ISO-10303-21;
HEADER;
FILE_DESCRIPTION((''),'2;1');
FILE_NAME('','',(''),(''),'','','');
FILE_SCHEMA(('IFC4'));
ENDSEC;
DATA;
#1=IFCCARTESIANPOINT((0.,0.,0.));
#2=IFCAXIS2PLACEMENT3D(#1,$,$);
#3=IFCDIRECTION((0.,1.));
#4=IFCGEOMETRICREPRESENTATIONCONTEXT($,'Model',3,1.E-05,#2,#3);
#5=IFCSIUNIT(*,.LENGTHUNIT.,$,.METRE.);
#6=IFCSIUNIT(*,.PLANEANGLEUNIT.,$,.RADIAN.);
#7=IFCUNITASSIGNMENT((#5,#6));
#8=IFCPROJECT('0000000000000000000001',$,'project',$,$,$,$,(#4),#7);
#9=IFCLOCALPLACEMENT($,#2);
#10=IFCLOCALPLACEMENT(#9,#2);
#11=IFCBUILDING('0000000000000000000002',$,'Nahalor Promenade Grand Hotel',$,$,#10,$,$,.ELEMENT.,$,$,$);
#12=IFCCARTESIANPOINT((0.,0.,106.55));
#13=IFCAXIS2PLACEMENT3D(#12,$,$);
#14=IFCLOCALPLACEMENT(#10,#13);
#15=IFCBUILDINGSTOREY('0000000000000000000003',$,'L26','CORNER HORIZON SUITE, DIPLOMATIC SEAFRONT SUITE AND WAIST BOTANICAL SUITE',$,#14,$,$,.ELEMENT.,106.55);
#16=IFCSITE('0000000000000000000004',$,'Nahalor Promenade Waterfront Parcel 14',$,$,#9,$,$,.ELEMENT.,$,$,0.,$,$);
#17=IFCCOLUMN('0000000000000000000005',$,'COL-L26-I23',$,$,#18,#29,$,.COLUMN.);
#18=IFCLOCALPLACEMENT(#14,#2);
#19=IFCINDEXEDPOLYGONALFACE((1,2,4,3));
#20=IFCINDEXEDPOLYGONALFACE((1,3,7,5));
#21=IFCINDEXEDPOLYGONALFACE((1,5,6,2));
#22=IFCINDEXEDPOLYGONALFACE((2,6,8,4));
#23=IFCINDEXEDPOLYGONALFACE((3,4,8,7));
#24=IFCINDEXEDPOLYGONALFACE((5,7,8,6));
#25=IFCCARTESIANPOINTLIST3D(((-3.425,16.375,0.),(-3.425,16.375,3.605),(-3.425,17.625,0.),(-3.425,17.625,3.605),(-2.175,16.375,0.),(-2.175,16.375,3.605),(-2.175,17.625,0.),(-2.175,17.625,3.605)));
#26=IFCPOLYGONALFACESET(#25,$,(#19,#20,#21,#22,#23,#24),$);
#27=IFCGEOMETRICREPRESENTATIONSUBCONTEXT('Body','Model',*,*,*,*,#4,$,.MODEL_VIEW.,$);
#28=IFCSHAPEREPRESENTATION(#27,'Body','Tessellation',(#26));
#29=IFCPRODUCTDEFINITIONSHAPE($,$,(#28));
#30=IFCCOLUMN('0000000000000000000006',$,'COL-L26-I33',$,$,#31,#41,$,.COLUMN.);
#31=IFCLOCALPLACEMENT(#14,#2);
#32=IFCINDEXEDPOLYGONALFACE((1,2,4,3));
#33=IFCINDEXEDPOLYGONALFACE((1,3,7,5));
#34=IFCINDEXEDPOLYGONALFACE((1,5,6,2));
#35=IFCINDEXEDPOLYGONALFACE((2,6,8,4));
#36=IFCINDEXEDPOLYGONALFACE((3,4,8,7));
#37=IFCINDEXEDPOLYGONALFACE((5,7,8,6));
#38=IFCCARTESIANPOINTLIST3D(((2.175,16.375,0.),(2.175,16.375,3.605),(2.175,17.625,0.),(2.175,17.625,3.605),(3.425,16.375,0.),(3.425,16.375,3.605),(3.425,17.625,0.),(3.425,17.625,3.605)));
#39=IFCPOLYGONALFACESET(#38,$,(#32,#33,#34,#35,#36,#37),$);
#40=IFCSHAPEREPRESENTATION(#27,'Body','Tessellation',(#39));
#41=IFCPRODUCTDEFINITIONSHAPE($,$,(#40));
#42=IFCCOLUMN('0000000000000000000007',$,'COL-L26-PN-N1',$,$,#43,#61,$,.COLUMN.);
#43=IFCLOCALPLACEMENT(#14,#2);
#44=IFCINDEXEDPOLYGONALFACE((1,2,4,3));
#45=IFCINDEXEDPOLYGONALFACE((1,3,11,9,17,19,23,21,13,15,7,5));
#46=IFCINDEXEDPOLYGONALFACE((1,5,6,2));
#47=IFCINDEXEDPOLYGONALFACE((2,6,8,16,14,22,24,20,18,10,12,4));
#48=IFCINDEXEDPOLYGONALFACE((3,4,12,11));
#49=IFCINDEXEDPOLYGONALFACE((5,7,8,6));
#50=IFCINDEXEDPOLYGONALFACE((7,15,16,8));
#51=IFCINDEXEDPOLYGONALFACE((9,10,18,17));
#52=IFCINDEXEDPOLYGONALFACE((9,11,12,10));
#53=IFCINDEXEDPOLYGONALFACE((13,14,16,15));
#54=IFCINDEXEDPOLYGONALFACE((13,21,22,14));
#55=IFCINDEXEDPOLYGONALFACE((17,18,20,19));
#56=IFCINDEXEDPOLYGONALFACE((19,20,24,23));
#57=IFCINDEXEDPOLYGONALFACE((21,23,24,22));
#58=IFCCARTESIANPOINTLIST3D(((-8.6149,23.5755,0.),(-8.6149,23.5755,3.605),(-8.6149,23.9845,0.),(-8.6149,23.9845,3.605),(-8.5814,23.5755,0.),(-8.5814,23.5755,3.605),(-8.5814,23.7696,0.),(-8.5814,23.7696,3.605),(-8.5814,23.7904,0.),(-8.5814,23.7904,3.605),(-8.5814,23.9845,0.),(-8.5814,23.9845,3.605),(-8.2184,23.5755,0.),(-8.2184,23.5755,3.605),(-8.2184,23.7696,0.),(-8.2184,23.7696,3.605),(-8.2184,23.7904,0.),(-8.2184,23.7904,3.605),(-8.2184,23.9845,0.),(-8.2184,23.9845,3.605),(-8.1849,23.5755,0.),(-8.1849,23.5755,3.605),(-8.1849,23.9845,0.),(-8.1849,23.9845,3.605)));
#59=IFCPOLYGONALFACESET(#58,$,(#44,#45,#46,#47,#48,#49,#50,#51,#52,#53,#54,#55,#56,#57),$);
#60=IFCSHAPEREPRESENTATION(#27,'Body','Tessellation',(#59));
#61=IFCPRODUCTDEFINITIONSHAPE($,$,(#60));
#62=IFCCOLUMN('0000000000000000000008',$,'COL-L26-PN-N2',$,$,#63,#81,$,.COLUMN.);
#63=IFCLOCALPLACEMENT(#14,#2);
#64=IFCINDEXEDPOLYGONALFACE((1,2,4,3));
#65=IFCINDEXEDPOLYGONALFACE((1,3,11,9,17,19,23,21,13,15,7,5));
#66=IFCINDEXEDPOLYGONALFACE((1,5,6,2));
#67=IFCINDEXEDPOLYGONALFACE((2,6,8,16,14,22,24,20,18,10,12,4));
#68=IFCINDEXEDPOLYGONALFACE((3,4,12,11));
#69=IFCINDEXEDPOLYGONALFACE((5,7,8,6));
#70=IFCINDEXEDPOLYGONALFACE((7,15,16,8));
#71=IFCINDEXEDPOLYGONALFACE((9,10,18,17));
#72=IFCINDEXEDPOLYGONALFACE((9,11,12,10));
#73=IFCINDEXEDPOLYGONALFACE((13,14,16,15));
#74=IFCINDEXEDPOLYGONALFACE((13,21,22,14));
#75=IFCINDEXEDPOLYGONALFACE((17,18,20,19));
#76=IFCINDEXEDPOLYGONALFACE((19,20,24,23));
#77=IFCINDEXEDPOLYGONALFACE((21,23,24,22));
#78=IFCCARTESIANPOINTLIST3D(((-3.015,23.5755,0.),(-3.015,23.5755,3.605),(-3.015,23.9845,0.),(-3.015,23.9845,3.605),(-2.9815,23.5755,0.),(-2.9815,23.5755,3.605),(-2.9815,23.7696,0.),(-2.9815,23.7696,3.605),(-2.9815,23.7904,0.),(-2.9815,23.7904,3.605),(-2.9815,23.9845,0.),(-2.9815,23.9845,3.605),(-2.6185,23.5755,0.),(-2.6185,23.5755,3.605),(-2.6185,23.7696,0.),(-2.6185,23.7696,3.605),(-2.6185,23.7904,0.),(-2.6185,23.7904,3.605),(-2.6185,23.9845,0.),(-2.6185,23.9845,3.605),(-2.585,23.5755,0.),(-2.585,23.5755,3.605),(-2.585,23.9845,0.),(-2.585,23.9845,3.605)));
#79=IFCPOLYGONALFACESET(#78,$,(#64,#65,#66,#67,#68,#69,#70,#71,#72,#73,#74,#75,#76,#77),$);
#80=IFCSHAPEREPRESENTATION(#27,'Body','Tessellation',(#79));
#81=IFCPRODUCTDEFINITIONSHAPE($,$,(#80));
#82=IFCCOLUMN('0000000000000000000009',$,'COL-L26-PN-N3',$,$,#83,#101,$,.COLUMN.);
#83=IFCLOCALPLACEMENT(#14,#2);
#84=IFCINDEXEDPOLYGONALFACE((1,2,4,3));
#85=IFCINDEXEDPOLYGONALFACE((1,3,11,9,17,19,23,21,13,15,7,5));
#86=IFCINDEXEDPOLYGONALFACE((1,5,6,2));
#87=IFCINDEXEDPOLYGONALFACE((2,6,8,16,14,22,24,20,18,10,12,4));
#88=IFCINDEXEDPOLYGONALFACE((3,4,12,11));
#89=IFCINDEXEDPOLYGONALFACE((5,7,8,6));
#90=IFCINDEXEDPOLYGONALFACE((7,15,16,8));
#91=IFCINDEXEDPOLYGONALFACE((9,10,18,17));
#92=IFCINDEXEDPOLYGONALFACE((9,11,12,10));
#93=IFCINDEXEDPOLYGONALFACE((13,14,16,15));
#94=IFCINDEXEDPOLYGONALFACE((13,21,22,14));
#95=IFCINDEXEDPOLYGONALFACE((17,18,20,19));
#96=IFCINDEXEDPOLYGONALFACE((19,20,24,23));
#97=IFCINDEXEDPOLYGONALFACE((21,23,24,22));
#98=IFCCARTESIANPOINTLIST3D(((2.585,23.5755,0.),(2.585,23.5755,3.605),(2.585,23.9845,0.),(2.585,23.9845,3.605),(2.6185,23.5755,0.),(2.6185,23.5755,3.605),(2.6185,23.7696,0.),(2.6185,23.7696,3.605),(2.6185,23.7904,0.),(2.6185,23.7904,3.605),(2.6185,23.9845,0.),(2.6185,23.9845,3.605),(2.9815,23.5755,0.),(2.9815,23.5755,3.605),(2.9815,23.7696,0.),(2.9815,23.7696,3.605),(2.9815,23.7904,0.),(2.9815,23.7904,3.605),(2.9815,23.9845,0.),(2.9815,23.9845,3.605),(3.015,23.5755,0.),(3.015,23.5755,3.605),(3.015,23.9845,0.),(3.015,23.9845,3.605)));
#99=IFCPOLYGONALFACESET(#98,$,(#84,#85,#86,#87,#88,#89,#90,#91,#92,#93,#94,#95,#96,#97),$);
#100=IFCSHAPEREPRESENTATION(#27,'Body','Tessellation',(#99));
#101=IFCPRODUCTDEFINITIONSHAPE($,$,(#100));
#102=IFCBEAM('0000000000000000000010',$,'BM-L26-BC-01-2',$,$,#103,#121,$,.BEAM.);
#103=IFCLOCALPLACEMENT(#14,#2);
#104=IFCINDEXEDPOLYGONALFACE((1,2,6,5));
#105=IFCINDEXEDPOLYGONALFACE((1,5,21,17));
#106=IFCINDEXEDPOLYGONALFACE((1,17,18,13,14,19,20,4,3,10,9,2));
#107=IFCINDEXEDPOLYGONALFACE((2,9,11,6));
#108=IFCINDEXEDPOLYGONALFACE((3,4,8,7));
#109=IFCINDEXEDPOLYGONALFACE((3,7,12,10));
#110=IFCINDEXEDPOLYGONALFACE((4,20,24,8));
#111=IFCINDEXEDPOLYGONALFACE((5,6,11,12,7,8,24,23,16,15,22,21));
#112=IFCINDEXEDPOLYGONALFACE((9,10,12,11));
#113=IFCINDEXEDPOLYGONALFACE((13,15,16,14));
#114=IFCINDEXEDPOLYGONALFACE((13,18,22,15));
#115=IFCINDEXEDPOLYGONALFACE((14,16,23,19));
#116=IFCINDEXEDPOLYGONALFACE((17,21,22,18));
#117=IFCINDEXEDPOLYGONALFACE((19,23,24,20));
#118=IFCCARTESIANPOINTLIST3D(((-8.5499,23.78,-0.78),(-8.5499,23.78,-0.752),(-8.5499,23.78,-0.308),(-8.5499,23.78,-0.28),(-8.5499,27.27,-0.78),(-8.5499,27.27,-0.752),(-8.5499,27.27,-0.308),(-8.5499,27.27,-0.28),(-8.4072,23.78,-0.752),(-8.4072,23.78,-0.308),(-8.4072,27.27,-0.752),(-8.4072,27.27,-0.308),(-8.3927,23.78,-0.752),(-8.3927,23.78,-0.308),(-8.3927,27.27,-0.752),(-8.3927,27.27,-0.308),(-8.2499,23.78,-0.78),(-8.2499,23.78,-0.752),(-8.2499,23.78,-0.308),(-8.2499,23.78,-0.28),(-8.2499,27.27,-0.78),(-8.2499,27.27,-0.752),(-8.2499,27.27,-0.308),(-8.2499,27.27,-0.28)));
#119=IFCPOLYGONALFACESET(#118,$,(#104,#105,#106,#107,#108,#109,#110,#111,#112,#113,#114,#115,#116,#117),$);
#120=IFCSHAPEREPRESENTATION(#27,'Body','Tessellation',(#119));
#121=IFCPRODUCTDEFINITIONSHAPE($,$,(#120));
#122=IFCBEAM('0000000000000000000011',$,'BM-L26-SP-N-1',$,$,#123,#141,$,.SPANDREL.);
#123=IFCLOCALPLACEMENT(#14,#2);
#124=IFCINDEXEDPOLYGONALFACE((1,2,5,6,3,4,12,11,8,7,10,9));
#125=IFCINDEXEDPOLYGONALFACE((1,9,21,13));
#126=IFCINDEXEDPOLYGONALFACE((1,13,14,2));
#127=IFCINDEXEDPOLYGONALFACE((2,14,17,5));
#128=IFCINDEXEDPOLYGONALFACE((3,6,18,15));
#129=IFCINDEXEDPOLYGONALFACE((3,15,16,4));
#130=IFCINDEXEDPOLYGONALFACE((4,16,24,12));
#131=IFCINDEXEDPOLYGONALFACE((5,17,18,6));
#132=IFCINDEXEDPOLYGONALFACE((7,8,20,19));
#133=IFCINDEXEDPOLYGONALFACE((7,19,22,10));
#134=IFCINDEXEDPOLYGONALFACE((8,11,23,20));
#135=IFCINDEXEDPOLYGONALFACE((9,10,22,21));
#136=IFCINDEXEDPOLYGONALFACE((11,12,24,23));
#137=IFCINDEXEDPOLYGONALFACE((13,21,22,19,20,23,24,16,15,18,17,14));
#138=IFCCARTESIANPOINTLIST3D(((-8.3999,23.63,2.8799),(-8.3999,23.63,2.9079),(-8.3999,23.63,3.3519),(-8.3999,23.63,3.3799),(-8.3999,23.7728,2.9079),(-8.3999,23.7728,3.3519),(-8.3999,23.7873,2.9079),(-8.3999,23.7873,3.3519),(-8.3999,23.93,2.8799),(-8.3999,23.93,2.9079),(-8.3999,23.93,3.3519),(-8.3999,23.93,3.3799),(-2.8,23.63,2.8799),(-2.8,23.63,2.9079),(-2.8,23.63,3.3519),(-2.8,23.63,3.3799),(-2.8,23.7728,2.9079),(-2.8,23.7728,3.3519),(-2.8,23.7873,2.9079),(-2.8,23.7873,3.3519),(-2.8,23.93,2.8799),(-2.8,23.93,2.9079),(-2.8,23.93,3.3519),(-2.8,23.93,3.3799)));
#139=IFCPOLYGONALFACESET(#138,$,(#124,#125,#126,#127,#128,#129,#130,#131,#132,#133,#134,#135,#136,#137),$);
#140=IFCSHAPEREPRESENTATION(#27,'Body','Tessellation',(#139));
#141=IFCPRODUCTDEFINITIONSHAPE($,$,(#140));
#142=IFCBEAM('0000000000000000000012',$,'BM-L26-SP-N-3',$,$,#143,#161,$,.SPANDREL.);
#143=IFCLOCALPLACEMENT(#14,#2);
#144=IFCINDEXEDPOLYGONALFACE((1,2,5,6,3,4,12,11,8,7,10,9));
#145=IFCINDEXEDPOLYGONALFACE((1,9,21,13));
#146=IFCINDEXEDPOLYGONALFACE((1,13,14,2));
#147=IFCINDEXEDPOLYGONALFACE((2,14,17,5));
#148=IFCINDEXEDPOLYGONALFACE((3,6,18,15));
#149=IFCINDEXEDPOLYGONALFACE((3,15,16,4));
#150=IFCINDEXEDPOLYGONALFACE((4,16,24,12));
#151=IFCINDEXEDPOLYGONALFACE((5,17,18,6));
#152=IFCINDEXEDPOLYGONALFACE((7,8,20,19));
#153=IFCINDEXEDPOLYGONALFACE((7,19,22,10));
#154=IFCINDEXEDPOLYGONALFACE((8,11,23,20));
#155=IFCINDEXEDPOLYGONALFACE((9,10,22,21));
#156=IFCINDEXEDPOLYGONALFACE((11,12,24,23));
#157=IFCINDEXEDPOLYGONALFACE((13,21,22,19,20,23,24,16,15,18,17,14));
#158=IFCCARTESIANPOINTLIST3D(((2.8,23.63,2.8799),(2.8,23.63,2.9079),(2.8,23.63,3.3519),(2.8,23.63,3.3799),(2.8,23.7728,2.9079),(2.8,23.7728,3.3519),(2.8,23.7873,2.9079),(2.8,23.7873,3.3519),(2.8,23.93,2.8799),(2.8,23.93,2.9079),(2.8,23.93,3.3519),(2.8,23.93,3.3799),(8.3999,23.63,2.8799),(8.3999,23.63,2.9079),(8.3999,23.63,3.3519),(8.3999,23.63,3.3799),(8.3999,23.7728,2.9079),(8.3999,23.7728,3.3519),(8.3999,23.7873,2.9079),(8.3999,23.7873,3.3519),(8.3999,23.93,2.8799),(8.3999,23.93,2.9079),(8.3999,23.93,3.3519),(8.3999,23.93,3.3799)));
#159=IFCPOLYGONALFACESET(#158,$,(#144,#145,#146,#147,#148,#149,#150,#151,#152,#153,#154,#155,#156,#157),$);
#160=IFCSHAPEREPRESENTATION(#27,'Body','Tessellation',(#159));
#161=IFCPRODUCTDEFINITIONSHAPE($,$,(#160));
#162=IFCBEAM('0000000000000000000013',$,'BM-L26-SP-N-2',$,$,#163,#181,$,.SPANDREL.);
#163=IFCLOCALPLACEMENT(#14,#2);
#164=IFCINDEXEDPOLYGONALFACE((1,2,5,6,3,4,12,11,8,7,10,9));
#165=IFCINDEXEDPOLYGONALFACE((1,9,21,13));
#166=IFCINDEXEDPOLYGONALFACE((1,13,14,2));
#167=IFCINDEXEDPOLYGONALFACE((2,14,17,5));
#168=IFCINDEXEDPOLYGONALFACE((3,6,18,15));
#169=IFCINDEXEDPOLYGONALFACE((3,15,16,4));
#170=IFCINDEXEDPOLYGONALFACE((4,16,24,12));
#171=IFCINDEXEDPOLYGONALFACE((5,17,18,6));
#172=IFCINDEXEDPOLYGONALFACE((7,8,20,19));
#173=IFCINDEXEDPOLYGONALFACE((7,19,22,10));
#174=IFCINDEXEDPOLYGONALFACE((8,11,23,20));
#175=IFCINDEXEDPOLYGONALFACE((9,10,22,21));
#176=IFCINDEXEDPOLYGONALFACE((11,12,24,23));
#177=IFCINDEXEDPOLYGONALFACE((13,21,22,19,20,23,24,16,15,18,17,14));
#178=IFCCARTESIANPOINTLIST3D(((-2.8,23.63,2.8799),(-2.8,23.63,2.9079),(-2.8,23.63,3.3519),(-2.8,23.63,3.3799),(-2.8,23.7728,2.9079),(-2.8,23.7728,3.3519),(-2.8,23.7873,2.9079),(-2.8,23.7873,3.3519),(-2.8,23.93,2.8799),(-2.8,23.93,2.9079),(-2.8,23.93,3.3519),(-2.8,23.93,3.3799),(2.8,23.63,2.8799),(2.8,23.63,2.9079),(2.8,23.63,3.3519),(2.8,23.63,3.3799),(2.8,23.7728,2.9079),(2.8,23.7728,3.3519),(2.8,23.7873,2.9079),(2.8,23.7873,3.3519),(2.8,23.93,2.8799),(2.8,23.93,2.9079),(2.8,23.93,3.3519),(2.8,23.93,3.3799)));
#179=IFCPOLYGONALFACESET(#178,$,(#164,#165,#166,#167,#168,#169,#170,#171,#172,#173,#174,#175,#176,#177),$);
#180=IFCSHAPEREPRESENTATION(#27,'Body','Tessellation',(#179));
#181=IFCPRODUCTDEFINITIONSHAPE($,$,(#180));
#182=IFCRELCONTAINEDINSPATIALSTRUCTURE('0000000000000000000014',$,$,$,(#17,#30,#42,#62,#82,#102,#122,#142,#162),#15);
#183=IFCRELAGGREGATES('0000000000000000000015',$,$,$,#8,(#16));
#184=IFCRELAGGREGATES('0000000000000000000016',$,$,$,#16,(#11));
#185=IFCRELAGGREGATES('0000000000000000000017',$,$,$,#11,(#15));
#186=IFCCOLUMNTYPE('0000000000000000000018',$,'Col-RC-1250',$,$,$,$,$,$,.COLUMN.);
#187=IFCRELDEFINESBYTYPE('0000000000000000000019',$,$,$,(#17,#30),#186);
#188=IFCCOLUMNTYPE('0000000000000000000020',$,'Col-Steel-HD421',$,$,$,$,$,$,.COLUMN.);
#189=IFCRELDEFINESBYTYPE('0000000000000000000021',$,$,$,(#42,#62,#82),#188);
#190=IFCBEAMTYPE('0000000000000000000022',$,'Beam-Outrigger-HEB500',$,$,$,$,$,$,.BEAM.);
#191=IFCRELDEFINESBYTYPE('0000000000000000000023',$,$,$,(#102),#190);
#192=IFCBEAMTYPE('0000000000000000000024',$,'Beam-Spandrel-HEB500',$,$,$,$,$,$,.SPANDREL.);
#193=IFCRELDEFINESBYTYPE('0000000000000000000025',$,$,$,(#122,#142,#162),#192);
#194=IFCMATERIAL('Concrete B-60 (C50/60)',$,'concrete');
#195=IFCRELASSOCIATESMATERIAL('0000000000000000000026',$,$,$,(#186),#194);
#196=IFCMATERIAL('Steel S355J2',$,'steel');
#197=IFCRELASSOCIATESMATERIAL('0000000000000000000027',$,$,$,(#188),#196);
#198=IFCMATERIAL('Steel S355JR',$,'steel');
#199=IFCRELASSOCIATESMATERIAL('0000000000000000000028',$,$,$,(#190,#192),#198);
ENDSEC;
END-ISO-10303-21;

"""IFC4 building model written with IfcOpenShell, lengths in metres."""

from ifc_helpers import new_model, si_unit, direction, frame, origin, origin_2d, place, context, subcontext, project, spatial, rectangle, i_section, extrude, source, transform, mapped, material, material_profile, profile_set, type_object, element, save


model = new_model("IFC4")

# Units and contexts
model_context = context("Model", 3, precision=1e-05, world=origin(), true_north=direction((0.0, 1.0)))
body_context = subcontext(model_context, "Body", "Model", "MODEL_VIEW")
ifc_project = project(units=[si_unit("LENGTHUNIT", "METRE"), si_unit("PLANEANGLEUNIT", "RADIAN")], contexts=[model_context])

# Site, building, storey
site_placement = place(None, origin())
site = spatial("IfcSite", under=ifc_project, at=site_placement, Name="Nahalor Promenade Waterfront Parcel 14", CompositionType="ELEMENT", RefElevation=0.0)
building_placement = place(site_placement, origin())
building = spatial("IfcBuilding", under=site, at=building_placement, Name="Nahalor Promenade Grand Hotel", CompositionType="ELEMENT")
storey_placement = place(building_placement, frame((0.0, 0.0, 106.55)))
storey = spatial("IfcBuildingStorey", under=building, at=storey_placement, Name="L26", Description="CORNER HORIZON SUITE, DIPLOMATIC SEAFRONT SUITE AND WAIST BOTANICAL SUITE", CompositionType="ELEMENT", Elevation=106.55)

# Columns
ifc_material_1 = material(Name="Concrete B-60 (C50/60)", Category="concrete")
ifc_material_profile_1 = material_profile(ifc_material_1, rectangle(XDim=1.25, YDim=1.25, at=origin_2d()), Name="RC 1250x1250")
ifc_profile_set_1 = profile_set([ifc_material_profile_1], Name="Concrete B-60 (C50/60)")
column_type_1 = type_object("IfcColumnType", Name="Col-RC-1250", PredefinedType="COLUMN", material=ifc_profile_set_1)
shared_shape_1 = source(origin(), body_context, "Body", "SweptSolid", [
    extrude(rectangle(XDim=1.25, YDim=1.25, at=origin_2d()), origin(), (0.0, 0.0, 1.0), 3.605),
])
for number, where, z_axis, x_axis, name in (
    (1, (-2.8, 17.0, 0.0), (0.0, 0.0, 1.0), (1.0, 0.0, 0.0), "COL-L26-I23"),
    (2, (2.8, 17.0, 0.0), (0.0, 0.0, 1.0), (1.0, 0.0, 0.0), "COL-L26-I33"),
):
    element("IfcColumn", number, at=place(storey_placement, frame(where, z_axis=z_axis, x_axis=x_axis)), inside=storey, type_object=column_type_1, Name=name, PredefinedType="COLUMN", context=body_context, shape_type="MappedRepresentation", body=[
        mapped(shared_shape_1, transform((0.0, 0.0, 0.0), scale=1.0)),
    ])
ifc_material_2 = material(Name="Steel S355J2", Category="steel")
ifc_material_profile_2 = material_profile(ifc_material_2, i_section(OverallWidth=0.409, OverallDepth=0.43, WebThickness=0.0208, FlangeThickness=0.0335, at=origin_2d()), Name="HD 400x421")
ifc_profile_set_2 = profile_set([ifc_material_profile_2], Name="Steel S355J2")
column_type_2 = type_object("IfcColumnType", Name="Col-Steel-HD421", PredefinedType="COLUMN", material=ifc_profile_set_2)
shared_shape_2 = source(origin(), body_context, "Body", "SweptSolid", [
    extrude(i_section(OverallWidth=0.409, OverallDepth=0.43, WebThickness=0.0208, FlangeThickness=0.0335, at=origin_2d()), origin(), (0.0, 0.0, 1.0), 3.605),
])
for number, where, z_axis, x_axis, name in (
    (3, (-8.3999, 23.78, 0.0), (0.0, 0.0, 1.0), (0.0, 1.0, 0.0), "COL-L26-PN-N1"),
    (4, (-2.8, 23.78, 0.0), (0.0, 0.0, 1.0), (0.0, 1.0, 0.0), "COL-L26-PN-N2"),
    (5, (2.8, 23.78, 0.0), (0.0, 0.0, 1.0), (0.0, 1.0, 0.0), "COL-L26-PN-N3"),
):
    element("IfcColumn", number, at=place(storey_placement, frame(where, z_axis=z_axis, x_axis=x_axis)), inside=storey, type_object=column_type_2, Name=name, PredefinedType="COLUMN", context=body_context, shape_type="MappedRepresentation", body=[
        mapped(shared_shape_2, transform((0.0, 0.0, 0.0), scale=1.0)),
    ])

# Beams
ifc_material_3 = material(Name="Steel S355JR", Category="steel")
ifc_material_profile_3 = material_profile(ifc_material_3, i_section(OverallWidth=0.3, OverallDepth=0.5, WebThickness=0.0145, FlangeThickness=0.028, at=origin_2d()), Name="HEB 500")
ifc_profile_set_3 = profile_set([ifc_material_profile_3], Name="Steel S355JR")
beam_type_1 = type_object("IfcBeamType", Name="Beam-Outrigger-HEB500", PredefinedType="BEAM", material=ifc_profile_set_3)
shared_shape_3 = source(origin(), body_context, "Body", "SweptSolid", [
    extrude(i_section(OverallWidth=0.3, OverallDepth=0.5, WebThickness=0.0145, FlangeThickness=0.028, at=origin_2d()), origin(), (0.0, 0.0, 1.0), 3.49),
])
beam_1_placement = place(storey_placement, frame((-8.3999, 23.78, -0.53), z_axis=(0.0, 1.0, 0.0), x_axis=(-1.0, 0.0, 0.0)))
element("IfcBeam", 6, at=beam_1_placement, inside=storey, type_object=beam_type_1, Name="BM-L26-BC-01-2", PredefinedType="BEAM", context=body_context, shape_type="MappedRepresentation", body=[
    mapped(shared_shape_3, transform((0.0, 0.0, 0.0), scale=1.0)),
])
ifc_material_profile_4 = material_profile(ifc_material_3, i_section(OverallWidth=0.3, OverallDepth=0.5, WebThickness=0.0145, FlangeThickness=0.028, at=origin_2d()), Name="HEB 500")
ifc_profile_set_4 = profile_set([ifc_material_profile_4], Name="Steel S355JR")
beam_type_2 = type_object("IfcBeamType", Name="Beam-Spandrel-HEB500", PredefinedType="SPANDREL", material=ifc_profile_set_4)
shared_shape_4 = source(origin(), body_context, "Body", "SweptSolid", [
    extrude(i_section(OverallWidth=0.3, OverallDepth=0.5, WebThickness=0.0145, FlangeThickness=0.028, at=origin_2d()), origin(), (0.0, 0.0, 1.0), 5.5999),
])
for number, where, z_axis, x_axis, name in (
    (7, (-8.3999, 23.78, 3.1299), (1.0, 0.0, 0.0), (0.0, 1.0, 0.0), "BM-L26-SP-N-1"),
    (8, (2.8, 23.78, 3.1299), (1.0, 0.0, 0.0), (0.0, 1.0, 0.0), "BM-L26-SP-N-3"),
):
    element("IfcBeam", number, at=place(storey_placement, frame(where, z_axis=z_axis, x_axis=x_axis)), inside=storey, type_object=beam_type_2, Name=name, PredefinedType="SPANDREL", context=body_context, shape_type="MappedRepresentation", body=[
        mapped(shared_shape_4, transform((0.0, 0.0, 0.0), scale=1.0)),
    ])
shared_shape_5 = source(origin(), body_context, "Body", "SweptSolid", [
    extrude(i_section(OverallWidth=0.3, OverallDepth=0.5, WebThickness=0.0145, FlangeThickness=0.028, at=origin_2d()), origin(), (0.0, 0.0, 1.0), 5.6001),
])
beam_2_placement = place(storey_placement, frame((-2.8, 23.78, 3.1299), z_axis=(1.0, 0.0, 0.0), x_axis=(0.0, 1.0, 0.0)))
element("IfcBeam", 9, at=beam_2_placement, inside=storey, type_object=beam_type_2, Name="BM-L26-SP-N-2", PredefinedType="SPANDREL", context=body_context, shape_type="MappedRepresentation", body=[
    mapped(shared_shape_5, transform((0.0, 0.0, 0.0), scale=1.0)),
])

save(model, "model.ifc")
